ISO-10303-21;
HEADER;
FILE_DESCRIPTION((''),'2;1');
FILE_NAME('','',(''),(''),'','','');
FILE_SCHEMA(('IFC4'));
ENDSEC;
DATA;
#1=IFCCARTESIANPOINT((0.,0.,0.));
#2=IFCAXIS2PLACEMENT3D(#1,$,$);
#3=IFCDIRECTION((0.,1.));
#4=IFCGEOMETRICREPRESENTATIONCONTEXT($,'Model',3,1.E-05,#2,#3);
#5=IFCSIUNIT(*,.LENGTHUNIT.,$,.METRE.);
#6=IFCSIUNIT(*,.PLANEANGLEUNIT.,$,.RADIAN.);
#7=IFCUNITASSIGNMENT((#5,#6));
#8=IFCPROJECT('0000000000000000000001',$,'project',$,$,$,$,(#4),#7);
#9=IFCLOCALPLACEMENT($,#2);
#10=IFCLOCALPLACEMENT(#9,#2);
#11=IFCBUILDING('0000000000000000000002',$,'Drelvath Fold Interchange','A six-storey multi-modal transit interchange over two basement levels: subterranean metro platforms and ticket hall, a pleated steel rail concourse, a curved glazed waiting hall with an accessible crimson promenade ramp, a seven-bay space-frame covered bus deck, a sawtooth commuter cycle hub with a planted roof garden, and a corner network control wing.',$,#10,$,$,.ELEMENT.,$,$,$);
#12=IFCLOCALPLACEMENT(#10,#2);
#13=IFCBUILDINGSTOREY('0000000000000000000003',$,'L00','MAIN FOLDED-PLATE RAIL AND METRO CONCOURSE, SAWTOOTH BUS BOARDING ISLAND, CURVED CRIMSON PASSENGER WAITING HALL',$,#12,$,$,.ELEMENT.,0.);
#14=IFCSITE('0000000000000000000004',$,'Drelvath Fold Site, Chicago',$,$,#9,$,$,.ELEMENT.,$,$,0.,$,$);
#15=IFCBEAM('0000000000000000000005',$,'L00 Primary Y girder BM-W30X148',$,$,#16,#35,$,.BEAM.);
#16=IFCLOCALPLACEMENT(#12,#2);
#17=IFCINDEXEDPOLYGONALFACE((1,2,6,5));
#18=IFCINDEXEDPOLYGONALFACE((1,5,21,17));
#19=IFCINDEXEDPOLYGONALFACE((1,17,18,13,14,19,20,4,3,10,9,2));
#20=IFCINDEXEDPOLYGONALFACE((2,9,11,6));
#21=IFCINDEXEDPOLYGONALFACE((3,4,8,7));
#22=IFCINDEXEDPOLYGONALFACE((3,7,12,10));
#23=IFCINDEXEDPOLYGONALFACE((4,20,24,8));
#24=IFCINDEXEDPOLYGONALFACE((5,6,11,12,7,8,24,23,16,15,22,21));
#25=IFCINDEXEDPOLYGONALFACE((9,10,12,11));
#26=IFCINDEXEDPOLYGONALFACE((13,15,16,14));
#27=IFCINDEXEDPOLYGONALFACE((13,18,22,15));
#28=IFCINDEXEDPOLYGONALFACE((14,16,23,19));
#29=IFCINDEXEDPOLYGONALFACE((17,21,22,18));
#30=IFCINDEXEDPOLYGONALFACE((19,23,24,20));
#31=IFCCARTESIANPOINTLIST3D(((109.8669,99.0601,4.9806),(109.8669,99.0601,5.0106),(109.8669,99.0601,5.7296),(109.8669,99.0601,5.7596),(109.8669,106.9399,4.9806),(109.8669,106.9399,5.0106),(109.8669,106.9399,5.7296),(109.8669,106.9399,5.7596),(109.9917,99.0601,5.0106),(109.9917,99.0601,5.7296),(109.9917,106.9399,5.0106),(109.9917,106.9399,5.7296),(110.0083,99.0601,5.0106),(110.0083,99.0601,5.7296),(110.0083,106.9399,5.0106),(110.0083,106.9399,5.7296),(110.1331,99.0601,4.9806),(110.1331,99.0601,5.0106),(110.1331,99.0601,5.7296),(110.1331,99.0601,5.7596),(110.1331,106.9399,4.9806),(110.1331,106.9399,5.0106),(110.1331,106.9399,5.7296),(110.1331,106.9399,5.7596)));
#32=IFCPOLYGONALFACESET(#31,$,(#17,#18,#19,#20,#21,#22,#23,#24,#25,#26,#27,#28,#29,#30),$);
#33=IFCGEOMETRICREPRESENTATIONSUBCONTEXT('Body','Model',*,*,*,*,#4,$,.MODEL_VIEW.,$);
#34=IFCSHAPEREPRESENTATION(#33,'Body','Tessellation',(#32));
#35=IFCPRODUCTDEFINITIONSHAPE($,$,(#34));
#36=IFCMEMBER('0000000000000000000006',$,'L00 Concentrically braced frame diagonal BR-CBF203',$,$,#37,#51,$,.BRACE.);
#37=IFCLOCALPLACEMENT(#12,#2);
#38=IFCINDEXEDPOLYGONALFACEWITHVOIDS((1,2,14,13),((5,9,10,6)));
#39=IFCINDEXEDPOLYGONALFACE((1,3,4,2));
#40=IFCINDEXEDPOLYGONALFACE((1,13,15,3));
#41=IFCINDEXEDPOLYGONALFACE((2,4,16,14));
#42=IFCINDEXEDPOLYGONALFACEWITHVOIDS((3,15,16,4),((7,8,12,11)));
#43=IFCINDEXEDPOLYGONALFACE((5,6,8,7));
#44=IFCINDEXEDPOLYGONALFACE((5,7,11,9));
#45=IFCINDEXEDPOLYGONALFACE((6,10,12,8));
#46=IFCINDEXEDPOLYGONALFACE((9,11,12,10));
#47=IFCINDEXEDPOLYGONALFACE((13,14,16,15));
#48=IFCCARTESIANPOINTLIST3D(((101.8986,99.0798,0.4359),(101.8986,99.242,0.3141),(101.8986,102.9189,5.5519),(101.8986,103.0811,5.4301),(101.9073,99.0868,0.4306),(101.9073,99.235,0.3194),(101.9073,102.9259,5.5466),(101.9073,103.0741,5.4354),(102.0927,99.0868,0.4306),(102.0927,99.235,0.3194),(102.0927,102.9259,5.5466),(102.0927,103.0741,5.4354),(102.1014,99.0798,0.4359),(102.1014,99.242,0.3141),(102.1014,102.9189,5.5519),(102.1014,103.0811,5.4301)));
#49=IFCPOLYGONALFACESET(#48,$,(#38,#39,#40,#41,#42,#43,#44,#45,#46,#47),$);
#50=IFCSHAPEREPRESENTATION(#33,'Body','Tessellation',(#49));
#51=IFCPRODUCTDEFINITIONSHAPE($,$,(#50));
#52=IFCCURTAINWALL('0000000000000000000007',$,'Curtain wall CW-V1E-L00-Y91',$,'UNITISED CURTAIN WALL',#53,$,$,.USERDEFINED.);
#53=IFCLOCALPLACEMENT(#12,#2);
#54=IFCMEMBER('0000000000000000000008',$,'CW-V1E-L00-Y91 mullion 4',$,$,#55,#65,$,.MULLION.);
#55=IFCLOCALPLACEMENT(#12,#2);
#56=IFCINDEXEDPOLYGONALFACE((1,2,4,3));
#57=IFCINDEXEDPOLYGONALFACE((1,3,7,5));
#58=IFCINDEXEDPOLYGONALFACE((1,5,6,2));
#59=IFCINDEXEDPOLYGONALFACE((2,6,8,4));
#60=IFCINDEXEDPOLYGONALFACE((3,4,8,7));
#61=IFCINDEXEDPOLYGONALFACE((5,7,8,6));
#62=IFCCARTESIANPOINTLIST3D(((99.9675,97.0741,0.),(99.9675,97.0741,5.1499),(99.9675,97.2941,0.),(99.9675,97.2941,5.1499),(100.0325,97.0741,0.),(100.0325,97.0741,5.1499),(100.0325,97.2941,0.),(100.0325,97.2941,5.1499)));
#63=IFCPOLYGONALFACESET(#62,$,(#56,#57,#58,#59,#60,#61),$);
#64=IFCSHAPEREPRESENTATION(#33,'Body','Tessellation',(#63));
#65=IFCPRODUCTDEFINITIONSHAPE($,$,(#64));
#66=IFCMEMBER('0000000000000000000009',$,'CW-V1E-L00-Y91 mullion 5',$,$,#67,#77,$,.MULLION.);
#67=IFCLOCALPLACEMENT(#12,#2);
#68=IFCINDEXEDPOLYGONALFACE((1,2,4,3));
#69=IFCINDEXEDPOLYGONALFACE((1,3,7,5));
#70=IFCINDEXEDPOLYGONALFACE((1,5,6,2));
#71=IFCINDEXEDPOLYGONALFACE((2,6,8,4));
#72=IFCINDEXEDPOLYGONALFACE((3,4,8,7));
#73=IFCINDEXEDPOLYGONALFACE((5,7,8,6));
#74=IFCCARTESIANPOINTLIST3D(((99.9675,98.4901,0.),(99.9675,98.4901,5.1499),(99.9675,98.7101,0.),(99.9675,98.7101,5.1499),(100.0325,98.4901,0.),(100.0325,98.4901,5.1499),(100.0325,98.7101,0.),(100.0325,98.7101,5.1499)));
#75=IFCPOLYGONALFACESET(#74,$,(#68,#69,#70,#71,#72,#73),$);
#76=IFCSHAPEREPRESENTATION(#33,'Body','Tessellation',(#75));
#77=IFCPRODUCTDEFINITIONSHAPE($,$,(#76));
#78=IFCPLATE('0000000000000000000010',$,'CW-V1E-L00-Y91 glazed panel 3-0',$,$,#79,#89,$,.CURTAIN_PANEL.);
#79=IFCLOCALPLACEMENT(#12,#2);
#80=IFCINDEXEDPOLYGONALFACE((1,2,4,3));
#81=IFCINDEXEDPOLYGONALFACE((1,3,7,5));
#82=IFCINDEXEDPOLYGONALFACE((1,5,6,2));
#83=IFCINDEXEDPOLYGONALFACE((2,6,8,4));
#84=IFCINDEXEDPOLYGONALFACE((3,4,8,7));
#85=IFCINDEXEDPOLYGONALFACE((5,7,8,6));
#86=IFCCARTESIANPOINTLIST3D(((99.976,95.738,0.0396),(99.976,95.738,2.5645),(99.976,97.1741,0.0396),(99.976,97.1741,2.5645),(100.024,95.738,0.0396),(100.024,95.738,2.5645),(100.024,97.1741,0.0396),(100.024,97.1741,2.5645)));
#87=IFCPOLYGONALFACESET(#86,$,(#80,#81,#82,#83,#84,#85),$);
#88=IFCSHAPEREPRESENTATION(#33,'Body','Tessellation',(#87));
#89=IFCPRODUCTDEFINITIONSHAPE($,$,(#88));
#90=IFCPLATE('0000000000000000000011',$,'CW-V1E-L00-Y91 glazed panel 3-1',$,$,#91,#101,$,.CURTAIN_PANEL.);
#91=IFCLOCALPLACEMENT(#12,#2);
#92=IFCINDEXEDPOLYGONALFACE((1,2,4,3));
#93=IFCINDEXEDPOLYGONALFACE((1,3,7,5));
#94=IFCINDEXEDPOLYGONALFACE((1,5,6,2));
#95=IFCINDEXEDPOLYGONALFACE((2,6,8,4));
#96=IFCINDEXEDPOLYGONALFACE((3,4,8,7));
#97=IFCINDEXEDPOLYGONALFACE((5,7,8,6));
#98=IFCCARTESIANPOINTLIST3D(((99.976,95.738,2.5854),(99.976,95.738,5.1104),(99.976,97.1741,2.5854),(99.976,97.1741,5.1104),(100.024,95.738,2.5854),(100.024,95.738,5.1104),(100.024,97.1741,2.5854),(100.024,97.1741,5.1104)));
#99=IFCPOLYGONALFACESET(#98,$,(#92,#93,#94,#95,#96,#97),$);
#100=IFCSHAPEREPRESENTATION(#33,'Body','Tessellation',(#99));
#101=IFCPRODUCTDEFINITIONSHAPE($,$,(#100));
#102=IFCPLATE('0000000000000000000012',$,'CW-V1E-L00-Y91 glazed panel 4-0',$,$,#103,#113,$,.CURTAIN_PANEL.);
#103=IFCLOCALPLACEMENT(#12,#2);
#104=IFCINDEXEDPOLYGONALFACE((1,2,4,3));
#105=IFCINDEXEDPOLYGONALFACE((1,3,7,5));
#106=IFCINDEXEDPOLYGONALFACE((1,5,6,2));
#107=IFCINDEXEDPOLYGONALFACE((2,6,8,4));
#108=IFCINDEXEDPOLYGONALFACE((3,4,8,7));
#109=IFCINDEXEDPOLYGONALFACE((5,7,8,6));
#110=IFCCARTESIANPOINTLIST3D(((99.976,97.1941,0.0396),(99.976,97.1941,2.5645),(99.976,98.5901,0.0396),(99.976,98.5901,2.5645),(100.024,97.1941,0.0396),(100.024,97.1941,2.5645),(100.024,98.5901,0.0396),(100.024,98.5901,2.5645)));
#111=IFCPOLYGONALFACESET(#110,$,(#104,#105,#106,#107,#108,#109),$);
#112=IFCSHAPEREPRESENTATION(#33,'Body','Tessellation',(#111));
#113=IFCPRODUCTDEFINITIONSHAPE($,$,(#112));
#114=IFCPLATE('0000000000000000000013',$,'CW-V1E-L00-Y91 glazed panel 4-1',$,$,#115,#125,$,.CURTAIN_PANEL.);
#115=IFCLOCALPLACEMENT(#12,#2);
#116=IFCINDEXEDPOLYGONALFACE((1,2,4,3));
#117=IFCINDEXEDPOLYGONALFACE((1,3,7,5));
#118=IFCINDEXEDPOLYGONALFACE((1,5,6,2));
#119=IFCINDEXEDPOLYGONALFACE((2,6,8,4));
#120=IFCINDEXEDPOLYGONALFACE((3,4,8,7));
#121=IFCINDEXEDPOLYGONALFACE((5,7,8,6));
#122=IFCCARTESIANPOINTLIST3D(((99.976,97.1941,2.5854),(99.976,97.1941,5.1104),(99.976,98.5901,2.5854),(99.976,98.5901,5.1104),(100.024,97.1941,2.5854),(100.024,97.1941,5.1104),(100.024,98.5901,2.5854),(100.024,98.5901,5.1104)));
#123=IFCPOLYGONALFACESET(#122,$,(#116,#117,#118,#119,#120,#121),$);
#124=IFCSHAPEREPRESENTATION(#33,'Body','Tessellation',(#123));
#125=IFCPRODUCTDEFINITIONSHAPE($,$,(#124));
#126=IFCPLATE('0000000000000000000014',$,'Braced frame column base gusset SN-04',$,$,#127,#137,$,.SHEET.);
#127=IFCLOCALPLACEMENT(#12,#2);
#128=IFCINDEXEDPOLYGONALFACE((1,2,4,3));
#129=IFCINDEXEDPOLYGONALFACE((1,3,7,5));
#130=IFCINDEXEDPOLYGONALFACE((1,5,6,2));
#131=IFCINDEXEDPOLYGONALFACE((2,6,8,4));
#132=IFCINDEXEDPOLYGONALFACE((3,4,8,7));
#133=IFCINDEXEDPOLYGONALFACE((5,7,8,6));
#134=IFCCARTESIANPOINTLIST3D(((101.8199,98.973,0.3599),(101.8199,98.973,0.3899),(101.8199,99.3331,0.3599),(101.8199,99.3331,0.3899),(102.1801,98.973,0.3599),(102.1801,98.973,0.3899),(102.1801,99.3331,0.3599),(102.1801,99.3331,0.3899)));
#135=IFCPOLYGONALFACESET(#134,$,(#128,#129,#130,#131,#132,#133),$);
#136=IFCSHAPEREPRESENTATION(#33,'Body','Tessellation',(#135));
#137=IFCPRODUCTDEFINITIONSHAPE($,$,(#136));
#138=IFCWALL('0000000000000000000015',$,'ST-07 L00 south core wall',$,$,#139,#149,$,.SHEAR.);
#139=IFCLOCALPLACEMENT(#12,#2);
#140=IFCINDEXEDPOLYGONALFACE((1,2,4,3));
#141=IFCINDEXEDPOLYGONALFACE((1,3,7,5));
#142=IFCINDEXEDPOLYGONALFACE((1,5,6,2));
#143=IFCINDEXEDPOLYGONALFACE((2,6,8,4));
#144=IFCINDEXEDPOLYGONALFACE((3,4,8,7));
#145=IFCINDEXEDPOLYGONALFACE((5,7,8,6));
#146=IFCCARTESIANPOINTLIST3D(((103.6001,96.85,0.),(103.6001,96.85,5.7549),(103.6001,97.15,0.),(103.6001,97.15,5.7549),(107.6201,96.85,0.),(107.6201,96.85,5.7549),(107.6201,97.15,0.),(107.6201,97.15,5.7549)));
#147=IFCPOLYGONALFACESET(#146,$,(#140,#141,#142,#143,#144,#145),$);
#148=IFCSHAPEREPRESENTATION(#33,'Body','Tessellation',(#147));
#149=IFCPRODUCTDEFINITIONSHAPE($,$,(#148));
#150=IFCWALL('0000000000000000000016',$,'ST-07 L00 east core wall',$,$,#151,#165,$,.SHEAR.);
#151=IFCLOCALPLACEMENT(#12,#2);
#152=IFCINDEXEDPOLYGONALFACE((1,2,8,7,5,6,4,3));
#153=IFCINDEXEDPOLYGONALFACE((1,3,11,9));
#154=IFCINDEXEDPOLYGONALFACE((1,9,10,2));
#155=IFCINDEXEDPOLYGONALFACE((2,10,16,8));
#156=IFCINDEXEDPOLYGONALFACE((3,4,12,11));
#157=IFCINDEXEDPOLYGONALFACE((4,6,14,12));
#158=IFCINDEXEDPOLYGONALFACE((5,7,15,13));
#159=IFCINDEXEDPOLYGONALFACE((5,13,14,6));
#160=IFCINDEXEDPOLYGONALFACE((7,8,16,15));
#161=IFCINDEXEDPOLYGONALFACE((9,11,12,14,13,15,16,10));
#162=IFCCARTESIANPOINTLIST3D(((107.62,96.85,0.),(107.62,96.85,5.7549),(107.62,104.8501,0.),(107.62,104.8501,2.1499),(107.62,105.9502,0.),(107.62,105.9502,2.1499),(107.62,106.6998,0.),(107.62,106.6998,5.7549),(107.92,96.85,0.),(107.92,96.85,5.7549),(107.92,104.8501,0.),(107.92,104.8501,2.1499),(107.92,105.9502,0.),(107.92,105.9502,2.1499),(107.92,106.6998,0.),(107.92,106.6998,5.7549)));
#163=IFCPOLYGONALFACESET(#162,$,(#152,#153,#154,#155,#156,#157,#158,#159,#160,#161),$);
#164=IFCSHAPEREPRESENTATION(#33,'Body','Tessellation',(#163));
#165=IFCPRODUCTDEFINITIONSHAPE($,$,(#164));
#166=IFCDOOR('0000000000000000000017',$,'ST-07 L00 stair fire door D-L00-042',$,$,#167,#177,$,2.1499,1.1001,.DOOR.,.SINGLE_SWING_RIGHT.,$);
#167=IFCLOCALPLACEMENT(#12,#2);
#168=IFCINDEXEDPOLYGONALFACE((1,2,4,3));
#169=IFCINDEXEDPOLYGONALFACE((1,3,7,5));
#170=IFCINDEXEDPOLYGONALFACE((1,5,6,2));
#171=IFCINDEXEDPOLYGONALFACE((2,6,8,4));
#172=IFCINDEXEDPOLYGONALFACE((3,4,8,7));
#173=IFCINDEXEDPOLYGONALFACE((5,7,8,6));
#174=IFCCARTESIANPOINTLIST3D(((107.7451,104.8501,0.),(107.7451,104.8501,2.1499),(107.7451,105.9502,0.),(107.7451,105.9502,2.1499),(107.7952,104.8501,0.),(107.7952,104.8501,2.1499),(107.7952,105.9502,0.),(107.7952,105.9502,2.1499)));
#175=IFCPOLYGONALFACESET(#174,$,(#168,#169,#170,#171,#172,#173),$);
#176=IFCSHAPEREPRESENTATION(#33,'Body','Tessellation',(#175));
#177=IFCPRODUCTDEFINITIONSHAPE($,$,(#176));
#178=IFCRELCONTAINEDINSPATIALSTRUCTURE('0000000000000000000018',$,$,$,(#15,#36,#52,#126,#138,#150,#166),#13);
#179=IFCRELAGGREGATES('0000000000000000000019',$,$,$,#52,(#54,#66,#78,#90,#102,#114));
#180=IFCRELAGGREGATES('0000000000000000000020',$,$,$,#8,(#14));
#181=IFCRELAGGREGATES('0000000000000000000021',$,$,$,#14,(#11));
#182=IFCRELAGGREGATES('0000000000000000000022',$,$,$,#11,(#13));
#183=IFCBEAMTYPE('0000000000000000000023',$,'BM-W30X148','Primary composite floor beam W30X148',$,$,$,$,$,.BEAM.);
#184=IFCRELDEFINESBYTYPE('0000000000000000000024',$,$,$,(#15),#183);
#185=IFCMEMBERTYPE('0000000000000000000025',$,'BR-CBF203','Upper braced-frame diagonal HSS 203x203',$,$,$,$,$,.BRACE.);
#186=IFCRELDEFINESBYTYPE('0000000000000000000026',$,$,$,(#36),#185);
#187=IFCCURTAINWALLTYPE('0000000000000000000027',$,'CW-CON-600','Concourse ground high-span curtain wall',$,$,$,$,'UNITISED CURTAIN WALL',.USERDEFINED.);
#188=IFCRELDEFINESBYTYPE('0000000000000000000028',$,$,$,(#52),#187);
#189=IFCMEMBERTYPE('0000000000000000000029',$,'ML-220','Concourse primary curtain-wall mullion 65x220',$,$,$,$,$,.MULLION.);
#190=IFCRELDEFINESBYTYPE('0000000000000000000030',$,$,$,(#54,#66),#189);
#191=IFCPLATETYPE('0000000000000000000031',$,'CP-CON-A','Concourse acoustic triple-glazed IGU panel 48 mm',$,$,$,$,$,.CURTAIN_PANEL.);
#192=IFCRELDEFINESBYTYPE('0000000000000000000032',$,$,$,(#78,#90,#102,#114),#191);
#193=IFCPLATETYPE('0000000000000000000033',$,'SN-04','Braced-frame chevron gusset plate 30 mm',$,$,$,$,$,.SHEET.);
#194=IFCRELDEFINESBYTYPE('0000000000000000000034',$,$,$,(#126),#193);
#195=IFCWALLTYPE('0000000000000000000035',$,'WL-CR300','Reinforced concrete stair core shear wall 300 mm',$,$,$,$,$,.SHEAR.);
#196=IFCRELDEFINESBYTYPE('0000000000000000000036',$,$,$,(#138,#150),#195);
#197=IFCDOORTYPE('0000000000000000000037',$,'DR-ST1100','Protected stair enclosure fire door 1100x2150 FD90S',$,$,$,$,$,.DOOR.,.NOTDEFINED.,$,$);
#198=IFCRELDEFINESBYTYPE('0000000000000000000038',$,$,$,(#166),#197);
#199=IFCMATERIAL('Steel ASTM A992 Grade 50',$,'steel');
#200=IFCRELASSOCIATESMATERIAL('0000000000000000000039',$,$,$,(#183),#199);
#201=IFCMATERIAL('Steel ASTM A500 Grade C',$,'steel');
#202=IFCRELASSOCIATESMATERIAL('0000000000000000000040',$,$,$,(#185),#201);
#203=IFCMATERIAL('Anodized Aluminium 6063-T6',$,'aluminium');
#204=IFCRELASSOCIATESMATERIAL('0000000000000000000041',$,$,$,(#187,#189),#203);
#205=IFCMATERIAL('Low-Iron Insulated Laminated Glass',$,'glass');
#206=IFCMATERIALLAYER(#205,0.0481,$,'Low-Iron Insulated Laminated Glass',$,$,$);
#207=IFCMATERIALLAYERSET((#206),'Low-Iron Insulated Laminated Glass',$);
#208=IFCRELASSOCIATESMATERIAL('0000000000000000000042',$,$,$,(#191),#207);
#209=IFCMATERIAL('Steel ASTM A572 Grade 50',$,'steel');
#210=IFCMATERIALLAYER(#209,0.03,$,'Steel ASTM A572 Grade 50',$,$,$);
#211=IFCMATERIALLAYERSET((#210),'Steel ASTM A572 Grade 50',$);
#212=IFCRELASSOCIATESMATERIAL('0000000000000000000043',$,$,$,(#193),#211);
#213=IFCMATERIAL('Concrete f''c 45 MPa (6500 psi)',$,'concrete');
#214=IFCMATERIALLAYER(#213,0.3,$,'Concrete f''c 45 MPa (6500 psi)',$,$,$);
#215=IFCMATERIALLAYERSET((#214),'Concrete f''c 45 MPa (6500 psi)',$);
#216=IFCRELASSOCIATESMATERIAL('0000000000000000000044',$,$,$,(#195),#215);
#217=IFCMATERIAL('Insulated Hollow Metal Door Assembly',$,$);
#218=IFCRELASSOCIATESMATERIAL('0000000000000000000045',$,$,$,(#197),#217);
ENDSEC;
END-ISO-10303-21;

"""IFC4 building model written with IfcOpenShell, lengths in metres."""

from ifc_helpers import new_model, si_unit, direction, frame, frame_2d, origin, origin_2d, place, context, subcontext, project, spatial, rectangle, hollow_rectangle, i_section, extrude, material, layer, layer_set, material_profile, profile_set, type_object, element, fill, aggregate, save


model = new_model("IFC4")

# Units and contexts
model_context = context("Model", 3, precision=1e-05, world=origin(), true_north=direction((0.0, 1.0)))
body_context = subcontext(model_context, "Body", "Model", "MODEL_VIEW")
ifc_project = project(units=[si_unit("LENGTHUNIT", "METRE"), si_unit("PLANEANGLEUNIT", "RADIAN")], contexts=[model_context])

# Site, building, storey
site_placement = place(None, origin())
site = spatial("IfcSite", under=ifc_project, at=site_placement, Name="Drelvath Fold Site, Chicago", CompositionType="ELEMENT", RefElevation=0.0)
building_placement = place(site_placement, origin())
building = spatial("IfcBuilding", under=site, at=building_placement, Name="Drelvath Fold Interchange", Description="A six-storey multi-modal transit interchange over two basement levels: subterranean metro platforms and ticket hall, a pleated steel rail concourse, a curved glazed waiting hall with an accessible crimson promenade ramp, a seven-bay space-frame covered bus deck, a sawtooth commuter cycle hub with a planted roof garden, and a corner network control wing.", CompositionType="ELEMENT")
storey_placement = place(building_placement, origin())
storey = spatial("IfcBuildingStorey", under=building, at=storey_placement, Name="L00", Description="MAIN FOLDED-PLATE RAIL AND METRO CONCOURSE, SAWTOOTH BUS BOARDING ISLAND, CURVED CRIMSON PASSENGER WAITING HALL", CompositionType="ELEMENT", Elevation=0.0)

# Shared definitions
ifc_material_1 = material(Name="Concrete f'c 45 MPa (6500 psi)", Category="concrete")

# Shared definitions
ifc_material_2 = material(Name="Steel ASTM A500 Grade C", Category="steel")

# Beam
ifc_material_3 = material(Name="Steel ASTM A992 Grade 50", Category="steel")
ifc_material_profile_1 = material_profile(ifc_material_3, i_section(OverallWidth=0.2661, OverallDepth=0.7791, WebThickness=0.0166, FlangeThickness=0.03, at=origin_2d()), Name="W30X148")
ifc_profile_set_1 = profile_set([ifc_material_profile_1], Name="Steel ASTM A992 Grade 50")
beam_type_1 = type_object("IfcBeamType", Name="BM-W30X148", Description="Primary composite floor beam W30X148", PredefinedType="BEAM", material=ifc_profile_set_1)
beam_1_placement = place(storey_placement, frame((110.0, 99.0601, 5.3701), z_axis=(0.0, 1.0, 0.0), x_axis=(-1.0, 0.0, 0.0)))
element("IfcBeam", 1, at=beam_1_placement, inside=storey, type_object=beam_type_1, Name="L00 Primary Y girder BM-W30X148", PredefinedType="BEAM", context=body_context, shape_type="SweptSolid", body=[
    extrude(i_section(OverallWidth=0.2661, OverallDepth=0.7791, WebThickness=0.0166, FlangeThickness=0.03, at=origin_2d()), origin(), (0.0, 0.0, 1.0), 7.8799),
])

# Member
ifc_material_profile_2 = material_profile(ifc_material_2, hollow_rectangle(XDim=0.2029, YDim=0.2029, WallThickness=0.0088, at=origin_2d()), Name="HSS8X8X3/8")
ifc_profile_set_2 = profile_set([ifc_material_profile_2], Name="Steel ASTM A500 Grade C")
member_type_1 = type_object("IfcMemberType", Name="BR-CBF203", Description="Upper braced-frame diagonal HSS 203x203", PredefinedType="BRACE", material=ifc_profile_set_2)
member_1_placement = place(storey_placement, frame((102.0, 99.1609, 0.375), z_axis=(0.0, 0.600214, 0.79984), x_axis=(-1.0, 0.0, 0.0)))
element("IfcMember", 2, at=member_1_placement, inside=storey, type_object=member_type_1, Name="L00 Concentrically braced frame diagonal BR-CBF203", PredefinedType="BRACE", context=body_context, shape_type="SweptSolid", body=[
    extrude(hollow_rectangle(XDim=0.2029, YDim=0.2029, WallThickness=0.0088, at=origin_2d()), origin(), (0.0, 0.0, 1.0), 6.3962),
])

# Curtain wall, members, plates
ifc_material_4 = material(Name="Anodized Aluminium 6063-T6", Category="aluminium")
curtain_wall_type = type_object("IfcCurtainWallType", Name="CW-CON-600", Description="Concourse ground high-span curtain wall", ElementType="UNITISED CURTAIN WALL", PredefinedType="USERDEFINED", material=ifc_material_4)
curtain_wall_placement = place(storey_placement, origin())
curtain_wall = element("IfcCurtainWall", 3, at=curtain_wall_placement, inside=storey, type_object=curtain_wall_type, Name="Curtain wall CW-V1E-L00-Y91", ObjectType="UNITISED CURTAIN WALL", PredefinedType="USERDEFINED")
ifc_material_profile_3 = material_profile(ifc_material_4, rectangle(XDim=0.0649, YDim=0.22, at=origin_2d()), Name="AL-M 65x220")
ifc_profile_set_3 = profile_set([ifc_material_profile_3], Name="Anodized Aluminium 6063-T6")
member_type_2 = type_object("IfcMemberType", Name="ML-220", Description="Concourse primary curtain-wall mullion 65x220", PredefinedType="MULLION", material=ifc_profile_set_3)
member_2_placement = place(storey_placement, frame((100.0, 97.1841, 0.0), z_axis=(0.0, 0.0, 1.0), x_axis=(1.0, 0.0, 0.0)))
member_2 = element("IfcMember", 4, at=member_2_placement, type_object=member_type_2, Name="CW-V1E-L00-Y91 mullion 4", PredefinedType="MULLION", context=body_context, shape_type="SweptSolid", body=[
    extrude(rectangle(XDim=0.0649, YDim=0.22, at=origin_2d()), origin(), (0.0, 0.0, 1.0), 5.1499),
])
member_3_placement = place(storey_placement, frame((100.0, 98.6001, 0.0), z_axis=(0.0, 0.0, 1.0), x_axis=(1.0, 0.0, 0.0)))
member_3 = element("IfcMember", 5, at=member_3_placement, type_object=member_type_2, Name="CW-V1E-L00-Y91 mullion 5", PredefinedType="MULLION", context=body_context, shape_type="SweptSolid", body=[
    extrude(rectangle(XDim=0.0649, YDim=0.22, at=origin_2d()), origin(), (0.0, 0.0, 1.0), 5.1499),
])
ifc_material_5 = material(Name="Low-Iron Insulated Laminated Glass", Category="glass")
ifc_layer_1 = layer(ifc_material_5, 0.0481, Name="Low-Iron Insulated Laminated Glass")
ifc_layer_set_1 = layer_set([ifc_layer_1], Name="Low-Iron Insulated Laminated Glass")
plate_type_1 = type_object("IfcPlateType", Name="CP-CON-A", Description="Concourse acoustic triple-glazed IGU panel 48 mm", PredefinedType="CURTAIN_PANEL", material=ifc_layer_set_1)
plate_1_placement = place(storey_placement, frame((100.0, 96.4561, 0.0396), z_axis=(0.0, 0.0, 1.0), x_axis=(0.0, 1.0, 0.0)))
plate_1 = element("IfcPlate", 6, at=plate_1_placement, type_object=plate_type_1, Name="CW-V1E-L00-Y91 glazed panel 3-0", PredefinedType="CURTAIN_PANEL", context=body_context, shape_type="SweptSolid", body=[
    extrude(rectangle(XDim=1.436, YDim=0.0481, at=origin_2d()), origin(), (0.0, 0.0, 1.0), 2.5249),
])
plate_2_placement = place(storey_placement, frame((100.0, 96.4561, 2.5854), z_axis=(0.0, 0.0, 1.0), x_axis=(0.0, 1.0, 0.0)))
plate_2 = element("IfcPlate", 7, at=plate_2_placement, type_object=plate_type_1, Name="CW-V1E-L00-Y91 glazed panel 3-1", PredefinedType="CURTAIN_PANEL", context=body_context, shape_type="SweptSolid", body=[
    extrude(rectangle(XDim=1.436, YDim=0.0481, at=origin_2d()), origin(), (0.0, 0.0, 1.0), 2.5249),
])
plate_3_placement = place(storey_placement, frame((100.0, 97.8921, 0.0396), z_axis=(0.0, 0.0, 1.0), x_axis=(0.0, 1.0, 0.0)))
plate_3 = element("IfcPlate", 8, at=plate_3_placement, type_object=plate_type_1, Name="CW-V1E-L00-Y91 glazed panel 4-0", PredefinedType="CURTAIN_PANEL", context=body_context, shape_type="SweptSolid", body=[
    extrude(rectangle(XDim=1.396, YDim=0.0481, at=origin_2d()), origin(), (0.0, 0.0, 1.0), 2.5249),
])
plate_4_placement = place(storey_placement, frame((100.0, 97.8921, 2.5854), z_axis=(0.0, 0.0, 1.0), x_axis=(0.0, 1.0, 0.0)))
plate_4 = element("IfcPlate", 9, at=plate_4_placement, type_object=plate_type_1, Name="CW-V1E-L00-Y91 glazed panel 4-1", PredefinedType="CURTAIN_PANEL", context=body_context, shape_type="SweptSolid", body=[
    extrude(rectangle(XDim=1.396, YDim=0.0481, at=origin_2d()), origin(), (0.0, 0.0, 1.0), 2.5249),
])
aggregate(curtain_wall, [member_2, member_3, plate_1, plate_2, plate_3, plate_4])

# Plate
ifc_material_6 = material(Name="Steel ASTM A572 Grade 50", Category="steel")
ifc_layer_2 = layer(ifc_material_6, 0.03, Name="Steel ASTM A572 Grade 50")
ifc_layer_set_2 = layer_set([ifc_layer_2], Name="Steel ASTM A572 Grade 50")
plate_type_2 = type_object("IfcPlateType", Name="SN-04", Description="Braced-frame chevron gusset plate 30 mm", PredefinedType="SHEET", material=ifc_layer_set_2)
plate_5_placement = place(storey_placement, frame((102.0, 99.1531, 0.3599), z_axis=(0.0, 0.0, 1.0), x_axis=(1.0, 0.0, 0.0)))
element("IfcPlate", 10, at=plate_5_placement, inside=storey, type_object=plate_type_2, Name="Braced frame column base gusset SN-04", PredefinedType="SHEET", context=body_context, shape_type="SweptSolid", body=[
    extrude(rectangle(XDim=0.3601, YDim=0.3601, at=origin_2d()), origin(), (0.0, 0.0, 1.0), 0.03),
])

# Wall
ifc_layer_3 = layer(ifc_material_1, 0.3, Name="Concrete f'c 45 MPa (6500 psi)")
ifc_layer_set_3 = layer_set([ifc_layer_3], Name="Concrete f'c 45 MPa (6500 psi)")
wall_type_1 = type_object("IfcWallType", Name="WL-CR300", Description="Reinforced concrete stair core shear wall 300 mm", PredefinedType="SHEAR", material=ifc_layer_set_3)
wall_1_placement = place(storey_placement, frame((103.6001, 97.0, 0.0), z_axis=(0.0, 0.0, 1.0), x_axis=(1.0, 0.0, 0.0)))
element("IfcWall", 11, at=wall_1_placement, inside=storey, type_object=wall_type_1, Name="ST-07 L00 south core wall", PredefinedType="SHEAR", context=body_context, shape_type="SweptSolid", body=[
    extrude(rectangle(XDim=4.02, YDim=0.3, at=frame_2d((2.01, 0.0))), origin(), (0.0, 0.0, 1.0), 5.7549),
])

# Wall, opening, door
wall_2_placement = place(storey_placement, frame((107.77, 96.8501, 0.0), z_axis=(0.0, 0.0, 1.0), x_axis=(0.0, 1.0, 0.0)))
wall_2 = element("IfcWall", 12, at=wall_2_placement, inside=storey, type_object=wall_type_1, Name="ST-07 L00 east core wall", PredefinedType="SHEAR", context=body_context, shape_type="SweptSolid", body=[
    extrude(rectangle(XDim=9.8499, YDim=0.3, at=frame_2d((4.9248, 0.0))), origin(), (0.0, 0.0, 1.0), 5.7549),
])
opening_placement = place(wall_2_placement, frame((8.0, 0.0, 0.0)))
opening = element("IfcOpeningElement", 13, at=opening_placement, cuts=wall_2, PredefinedType="OPENING", context=body_context, shape_type="SweptSolid", body=[
    extrude(rectangle(XDim=1.1001, YDim=2.1499, at=frame_2d((0.55, 1.075))), frame((0.0, 0.1599, 0.0), z_axis=(0.0, -1.0, 0.0), x_axis=(1.0, 0.0, 0.0)), (0.0, 0.0, 1.0), 0.3201),
])
ifc_material_7 = material(Name="Insulated Hollow Metal Door Assembly")
door_type = type_object("IfcDoorType", Name="DR-ST1100", Description="Protected stair enclosure fire door 1100x2150 FD90S", OperationType="NOTDEFINED", PredefinedType="DOOR", material=ifc_material_7)
door_placement = place(opening_placement, origin())
door = element("IfcDoor", 14, at=door_placement, inside=storey, type_object=door_type, Name="ST-07 L00 stair fire door D-L00-042", OperationType="SINGLE_SWING_RIGHT", OverallHeight=2.1499, OverallWidth=1.1001, PredefinedType="DOOR", context=body_context, shape_type="SweptSolid", body=[
    extrude(rectangle(XDim=1.1001, YDim=2.1499, at=frame_2d((0.55, 1.075))), frame((0.0, 0.0249, 0.0), z_axis=(0.0, -1.0, 0.0), x_axis=(1.0, 0.0, 0.0)), (0.0, 0.0, 1.0), 0.05),
])
fill(opening, door)

save(model, "model.ifc")
